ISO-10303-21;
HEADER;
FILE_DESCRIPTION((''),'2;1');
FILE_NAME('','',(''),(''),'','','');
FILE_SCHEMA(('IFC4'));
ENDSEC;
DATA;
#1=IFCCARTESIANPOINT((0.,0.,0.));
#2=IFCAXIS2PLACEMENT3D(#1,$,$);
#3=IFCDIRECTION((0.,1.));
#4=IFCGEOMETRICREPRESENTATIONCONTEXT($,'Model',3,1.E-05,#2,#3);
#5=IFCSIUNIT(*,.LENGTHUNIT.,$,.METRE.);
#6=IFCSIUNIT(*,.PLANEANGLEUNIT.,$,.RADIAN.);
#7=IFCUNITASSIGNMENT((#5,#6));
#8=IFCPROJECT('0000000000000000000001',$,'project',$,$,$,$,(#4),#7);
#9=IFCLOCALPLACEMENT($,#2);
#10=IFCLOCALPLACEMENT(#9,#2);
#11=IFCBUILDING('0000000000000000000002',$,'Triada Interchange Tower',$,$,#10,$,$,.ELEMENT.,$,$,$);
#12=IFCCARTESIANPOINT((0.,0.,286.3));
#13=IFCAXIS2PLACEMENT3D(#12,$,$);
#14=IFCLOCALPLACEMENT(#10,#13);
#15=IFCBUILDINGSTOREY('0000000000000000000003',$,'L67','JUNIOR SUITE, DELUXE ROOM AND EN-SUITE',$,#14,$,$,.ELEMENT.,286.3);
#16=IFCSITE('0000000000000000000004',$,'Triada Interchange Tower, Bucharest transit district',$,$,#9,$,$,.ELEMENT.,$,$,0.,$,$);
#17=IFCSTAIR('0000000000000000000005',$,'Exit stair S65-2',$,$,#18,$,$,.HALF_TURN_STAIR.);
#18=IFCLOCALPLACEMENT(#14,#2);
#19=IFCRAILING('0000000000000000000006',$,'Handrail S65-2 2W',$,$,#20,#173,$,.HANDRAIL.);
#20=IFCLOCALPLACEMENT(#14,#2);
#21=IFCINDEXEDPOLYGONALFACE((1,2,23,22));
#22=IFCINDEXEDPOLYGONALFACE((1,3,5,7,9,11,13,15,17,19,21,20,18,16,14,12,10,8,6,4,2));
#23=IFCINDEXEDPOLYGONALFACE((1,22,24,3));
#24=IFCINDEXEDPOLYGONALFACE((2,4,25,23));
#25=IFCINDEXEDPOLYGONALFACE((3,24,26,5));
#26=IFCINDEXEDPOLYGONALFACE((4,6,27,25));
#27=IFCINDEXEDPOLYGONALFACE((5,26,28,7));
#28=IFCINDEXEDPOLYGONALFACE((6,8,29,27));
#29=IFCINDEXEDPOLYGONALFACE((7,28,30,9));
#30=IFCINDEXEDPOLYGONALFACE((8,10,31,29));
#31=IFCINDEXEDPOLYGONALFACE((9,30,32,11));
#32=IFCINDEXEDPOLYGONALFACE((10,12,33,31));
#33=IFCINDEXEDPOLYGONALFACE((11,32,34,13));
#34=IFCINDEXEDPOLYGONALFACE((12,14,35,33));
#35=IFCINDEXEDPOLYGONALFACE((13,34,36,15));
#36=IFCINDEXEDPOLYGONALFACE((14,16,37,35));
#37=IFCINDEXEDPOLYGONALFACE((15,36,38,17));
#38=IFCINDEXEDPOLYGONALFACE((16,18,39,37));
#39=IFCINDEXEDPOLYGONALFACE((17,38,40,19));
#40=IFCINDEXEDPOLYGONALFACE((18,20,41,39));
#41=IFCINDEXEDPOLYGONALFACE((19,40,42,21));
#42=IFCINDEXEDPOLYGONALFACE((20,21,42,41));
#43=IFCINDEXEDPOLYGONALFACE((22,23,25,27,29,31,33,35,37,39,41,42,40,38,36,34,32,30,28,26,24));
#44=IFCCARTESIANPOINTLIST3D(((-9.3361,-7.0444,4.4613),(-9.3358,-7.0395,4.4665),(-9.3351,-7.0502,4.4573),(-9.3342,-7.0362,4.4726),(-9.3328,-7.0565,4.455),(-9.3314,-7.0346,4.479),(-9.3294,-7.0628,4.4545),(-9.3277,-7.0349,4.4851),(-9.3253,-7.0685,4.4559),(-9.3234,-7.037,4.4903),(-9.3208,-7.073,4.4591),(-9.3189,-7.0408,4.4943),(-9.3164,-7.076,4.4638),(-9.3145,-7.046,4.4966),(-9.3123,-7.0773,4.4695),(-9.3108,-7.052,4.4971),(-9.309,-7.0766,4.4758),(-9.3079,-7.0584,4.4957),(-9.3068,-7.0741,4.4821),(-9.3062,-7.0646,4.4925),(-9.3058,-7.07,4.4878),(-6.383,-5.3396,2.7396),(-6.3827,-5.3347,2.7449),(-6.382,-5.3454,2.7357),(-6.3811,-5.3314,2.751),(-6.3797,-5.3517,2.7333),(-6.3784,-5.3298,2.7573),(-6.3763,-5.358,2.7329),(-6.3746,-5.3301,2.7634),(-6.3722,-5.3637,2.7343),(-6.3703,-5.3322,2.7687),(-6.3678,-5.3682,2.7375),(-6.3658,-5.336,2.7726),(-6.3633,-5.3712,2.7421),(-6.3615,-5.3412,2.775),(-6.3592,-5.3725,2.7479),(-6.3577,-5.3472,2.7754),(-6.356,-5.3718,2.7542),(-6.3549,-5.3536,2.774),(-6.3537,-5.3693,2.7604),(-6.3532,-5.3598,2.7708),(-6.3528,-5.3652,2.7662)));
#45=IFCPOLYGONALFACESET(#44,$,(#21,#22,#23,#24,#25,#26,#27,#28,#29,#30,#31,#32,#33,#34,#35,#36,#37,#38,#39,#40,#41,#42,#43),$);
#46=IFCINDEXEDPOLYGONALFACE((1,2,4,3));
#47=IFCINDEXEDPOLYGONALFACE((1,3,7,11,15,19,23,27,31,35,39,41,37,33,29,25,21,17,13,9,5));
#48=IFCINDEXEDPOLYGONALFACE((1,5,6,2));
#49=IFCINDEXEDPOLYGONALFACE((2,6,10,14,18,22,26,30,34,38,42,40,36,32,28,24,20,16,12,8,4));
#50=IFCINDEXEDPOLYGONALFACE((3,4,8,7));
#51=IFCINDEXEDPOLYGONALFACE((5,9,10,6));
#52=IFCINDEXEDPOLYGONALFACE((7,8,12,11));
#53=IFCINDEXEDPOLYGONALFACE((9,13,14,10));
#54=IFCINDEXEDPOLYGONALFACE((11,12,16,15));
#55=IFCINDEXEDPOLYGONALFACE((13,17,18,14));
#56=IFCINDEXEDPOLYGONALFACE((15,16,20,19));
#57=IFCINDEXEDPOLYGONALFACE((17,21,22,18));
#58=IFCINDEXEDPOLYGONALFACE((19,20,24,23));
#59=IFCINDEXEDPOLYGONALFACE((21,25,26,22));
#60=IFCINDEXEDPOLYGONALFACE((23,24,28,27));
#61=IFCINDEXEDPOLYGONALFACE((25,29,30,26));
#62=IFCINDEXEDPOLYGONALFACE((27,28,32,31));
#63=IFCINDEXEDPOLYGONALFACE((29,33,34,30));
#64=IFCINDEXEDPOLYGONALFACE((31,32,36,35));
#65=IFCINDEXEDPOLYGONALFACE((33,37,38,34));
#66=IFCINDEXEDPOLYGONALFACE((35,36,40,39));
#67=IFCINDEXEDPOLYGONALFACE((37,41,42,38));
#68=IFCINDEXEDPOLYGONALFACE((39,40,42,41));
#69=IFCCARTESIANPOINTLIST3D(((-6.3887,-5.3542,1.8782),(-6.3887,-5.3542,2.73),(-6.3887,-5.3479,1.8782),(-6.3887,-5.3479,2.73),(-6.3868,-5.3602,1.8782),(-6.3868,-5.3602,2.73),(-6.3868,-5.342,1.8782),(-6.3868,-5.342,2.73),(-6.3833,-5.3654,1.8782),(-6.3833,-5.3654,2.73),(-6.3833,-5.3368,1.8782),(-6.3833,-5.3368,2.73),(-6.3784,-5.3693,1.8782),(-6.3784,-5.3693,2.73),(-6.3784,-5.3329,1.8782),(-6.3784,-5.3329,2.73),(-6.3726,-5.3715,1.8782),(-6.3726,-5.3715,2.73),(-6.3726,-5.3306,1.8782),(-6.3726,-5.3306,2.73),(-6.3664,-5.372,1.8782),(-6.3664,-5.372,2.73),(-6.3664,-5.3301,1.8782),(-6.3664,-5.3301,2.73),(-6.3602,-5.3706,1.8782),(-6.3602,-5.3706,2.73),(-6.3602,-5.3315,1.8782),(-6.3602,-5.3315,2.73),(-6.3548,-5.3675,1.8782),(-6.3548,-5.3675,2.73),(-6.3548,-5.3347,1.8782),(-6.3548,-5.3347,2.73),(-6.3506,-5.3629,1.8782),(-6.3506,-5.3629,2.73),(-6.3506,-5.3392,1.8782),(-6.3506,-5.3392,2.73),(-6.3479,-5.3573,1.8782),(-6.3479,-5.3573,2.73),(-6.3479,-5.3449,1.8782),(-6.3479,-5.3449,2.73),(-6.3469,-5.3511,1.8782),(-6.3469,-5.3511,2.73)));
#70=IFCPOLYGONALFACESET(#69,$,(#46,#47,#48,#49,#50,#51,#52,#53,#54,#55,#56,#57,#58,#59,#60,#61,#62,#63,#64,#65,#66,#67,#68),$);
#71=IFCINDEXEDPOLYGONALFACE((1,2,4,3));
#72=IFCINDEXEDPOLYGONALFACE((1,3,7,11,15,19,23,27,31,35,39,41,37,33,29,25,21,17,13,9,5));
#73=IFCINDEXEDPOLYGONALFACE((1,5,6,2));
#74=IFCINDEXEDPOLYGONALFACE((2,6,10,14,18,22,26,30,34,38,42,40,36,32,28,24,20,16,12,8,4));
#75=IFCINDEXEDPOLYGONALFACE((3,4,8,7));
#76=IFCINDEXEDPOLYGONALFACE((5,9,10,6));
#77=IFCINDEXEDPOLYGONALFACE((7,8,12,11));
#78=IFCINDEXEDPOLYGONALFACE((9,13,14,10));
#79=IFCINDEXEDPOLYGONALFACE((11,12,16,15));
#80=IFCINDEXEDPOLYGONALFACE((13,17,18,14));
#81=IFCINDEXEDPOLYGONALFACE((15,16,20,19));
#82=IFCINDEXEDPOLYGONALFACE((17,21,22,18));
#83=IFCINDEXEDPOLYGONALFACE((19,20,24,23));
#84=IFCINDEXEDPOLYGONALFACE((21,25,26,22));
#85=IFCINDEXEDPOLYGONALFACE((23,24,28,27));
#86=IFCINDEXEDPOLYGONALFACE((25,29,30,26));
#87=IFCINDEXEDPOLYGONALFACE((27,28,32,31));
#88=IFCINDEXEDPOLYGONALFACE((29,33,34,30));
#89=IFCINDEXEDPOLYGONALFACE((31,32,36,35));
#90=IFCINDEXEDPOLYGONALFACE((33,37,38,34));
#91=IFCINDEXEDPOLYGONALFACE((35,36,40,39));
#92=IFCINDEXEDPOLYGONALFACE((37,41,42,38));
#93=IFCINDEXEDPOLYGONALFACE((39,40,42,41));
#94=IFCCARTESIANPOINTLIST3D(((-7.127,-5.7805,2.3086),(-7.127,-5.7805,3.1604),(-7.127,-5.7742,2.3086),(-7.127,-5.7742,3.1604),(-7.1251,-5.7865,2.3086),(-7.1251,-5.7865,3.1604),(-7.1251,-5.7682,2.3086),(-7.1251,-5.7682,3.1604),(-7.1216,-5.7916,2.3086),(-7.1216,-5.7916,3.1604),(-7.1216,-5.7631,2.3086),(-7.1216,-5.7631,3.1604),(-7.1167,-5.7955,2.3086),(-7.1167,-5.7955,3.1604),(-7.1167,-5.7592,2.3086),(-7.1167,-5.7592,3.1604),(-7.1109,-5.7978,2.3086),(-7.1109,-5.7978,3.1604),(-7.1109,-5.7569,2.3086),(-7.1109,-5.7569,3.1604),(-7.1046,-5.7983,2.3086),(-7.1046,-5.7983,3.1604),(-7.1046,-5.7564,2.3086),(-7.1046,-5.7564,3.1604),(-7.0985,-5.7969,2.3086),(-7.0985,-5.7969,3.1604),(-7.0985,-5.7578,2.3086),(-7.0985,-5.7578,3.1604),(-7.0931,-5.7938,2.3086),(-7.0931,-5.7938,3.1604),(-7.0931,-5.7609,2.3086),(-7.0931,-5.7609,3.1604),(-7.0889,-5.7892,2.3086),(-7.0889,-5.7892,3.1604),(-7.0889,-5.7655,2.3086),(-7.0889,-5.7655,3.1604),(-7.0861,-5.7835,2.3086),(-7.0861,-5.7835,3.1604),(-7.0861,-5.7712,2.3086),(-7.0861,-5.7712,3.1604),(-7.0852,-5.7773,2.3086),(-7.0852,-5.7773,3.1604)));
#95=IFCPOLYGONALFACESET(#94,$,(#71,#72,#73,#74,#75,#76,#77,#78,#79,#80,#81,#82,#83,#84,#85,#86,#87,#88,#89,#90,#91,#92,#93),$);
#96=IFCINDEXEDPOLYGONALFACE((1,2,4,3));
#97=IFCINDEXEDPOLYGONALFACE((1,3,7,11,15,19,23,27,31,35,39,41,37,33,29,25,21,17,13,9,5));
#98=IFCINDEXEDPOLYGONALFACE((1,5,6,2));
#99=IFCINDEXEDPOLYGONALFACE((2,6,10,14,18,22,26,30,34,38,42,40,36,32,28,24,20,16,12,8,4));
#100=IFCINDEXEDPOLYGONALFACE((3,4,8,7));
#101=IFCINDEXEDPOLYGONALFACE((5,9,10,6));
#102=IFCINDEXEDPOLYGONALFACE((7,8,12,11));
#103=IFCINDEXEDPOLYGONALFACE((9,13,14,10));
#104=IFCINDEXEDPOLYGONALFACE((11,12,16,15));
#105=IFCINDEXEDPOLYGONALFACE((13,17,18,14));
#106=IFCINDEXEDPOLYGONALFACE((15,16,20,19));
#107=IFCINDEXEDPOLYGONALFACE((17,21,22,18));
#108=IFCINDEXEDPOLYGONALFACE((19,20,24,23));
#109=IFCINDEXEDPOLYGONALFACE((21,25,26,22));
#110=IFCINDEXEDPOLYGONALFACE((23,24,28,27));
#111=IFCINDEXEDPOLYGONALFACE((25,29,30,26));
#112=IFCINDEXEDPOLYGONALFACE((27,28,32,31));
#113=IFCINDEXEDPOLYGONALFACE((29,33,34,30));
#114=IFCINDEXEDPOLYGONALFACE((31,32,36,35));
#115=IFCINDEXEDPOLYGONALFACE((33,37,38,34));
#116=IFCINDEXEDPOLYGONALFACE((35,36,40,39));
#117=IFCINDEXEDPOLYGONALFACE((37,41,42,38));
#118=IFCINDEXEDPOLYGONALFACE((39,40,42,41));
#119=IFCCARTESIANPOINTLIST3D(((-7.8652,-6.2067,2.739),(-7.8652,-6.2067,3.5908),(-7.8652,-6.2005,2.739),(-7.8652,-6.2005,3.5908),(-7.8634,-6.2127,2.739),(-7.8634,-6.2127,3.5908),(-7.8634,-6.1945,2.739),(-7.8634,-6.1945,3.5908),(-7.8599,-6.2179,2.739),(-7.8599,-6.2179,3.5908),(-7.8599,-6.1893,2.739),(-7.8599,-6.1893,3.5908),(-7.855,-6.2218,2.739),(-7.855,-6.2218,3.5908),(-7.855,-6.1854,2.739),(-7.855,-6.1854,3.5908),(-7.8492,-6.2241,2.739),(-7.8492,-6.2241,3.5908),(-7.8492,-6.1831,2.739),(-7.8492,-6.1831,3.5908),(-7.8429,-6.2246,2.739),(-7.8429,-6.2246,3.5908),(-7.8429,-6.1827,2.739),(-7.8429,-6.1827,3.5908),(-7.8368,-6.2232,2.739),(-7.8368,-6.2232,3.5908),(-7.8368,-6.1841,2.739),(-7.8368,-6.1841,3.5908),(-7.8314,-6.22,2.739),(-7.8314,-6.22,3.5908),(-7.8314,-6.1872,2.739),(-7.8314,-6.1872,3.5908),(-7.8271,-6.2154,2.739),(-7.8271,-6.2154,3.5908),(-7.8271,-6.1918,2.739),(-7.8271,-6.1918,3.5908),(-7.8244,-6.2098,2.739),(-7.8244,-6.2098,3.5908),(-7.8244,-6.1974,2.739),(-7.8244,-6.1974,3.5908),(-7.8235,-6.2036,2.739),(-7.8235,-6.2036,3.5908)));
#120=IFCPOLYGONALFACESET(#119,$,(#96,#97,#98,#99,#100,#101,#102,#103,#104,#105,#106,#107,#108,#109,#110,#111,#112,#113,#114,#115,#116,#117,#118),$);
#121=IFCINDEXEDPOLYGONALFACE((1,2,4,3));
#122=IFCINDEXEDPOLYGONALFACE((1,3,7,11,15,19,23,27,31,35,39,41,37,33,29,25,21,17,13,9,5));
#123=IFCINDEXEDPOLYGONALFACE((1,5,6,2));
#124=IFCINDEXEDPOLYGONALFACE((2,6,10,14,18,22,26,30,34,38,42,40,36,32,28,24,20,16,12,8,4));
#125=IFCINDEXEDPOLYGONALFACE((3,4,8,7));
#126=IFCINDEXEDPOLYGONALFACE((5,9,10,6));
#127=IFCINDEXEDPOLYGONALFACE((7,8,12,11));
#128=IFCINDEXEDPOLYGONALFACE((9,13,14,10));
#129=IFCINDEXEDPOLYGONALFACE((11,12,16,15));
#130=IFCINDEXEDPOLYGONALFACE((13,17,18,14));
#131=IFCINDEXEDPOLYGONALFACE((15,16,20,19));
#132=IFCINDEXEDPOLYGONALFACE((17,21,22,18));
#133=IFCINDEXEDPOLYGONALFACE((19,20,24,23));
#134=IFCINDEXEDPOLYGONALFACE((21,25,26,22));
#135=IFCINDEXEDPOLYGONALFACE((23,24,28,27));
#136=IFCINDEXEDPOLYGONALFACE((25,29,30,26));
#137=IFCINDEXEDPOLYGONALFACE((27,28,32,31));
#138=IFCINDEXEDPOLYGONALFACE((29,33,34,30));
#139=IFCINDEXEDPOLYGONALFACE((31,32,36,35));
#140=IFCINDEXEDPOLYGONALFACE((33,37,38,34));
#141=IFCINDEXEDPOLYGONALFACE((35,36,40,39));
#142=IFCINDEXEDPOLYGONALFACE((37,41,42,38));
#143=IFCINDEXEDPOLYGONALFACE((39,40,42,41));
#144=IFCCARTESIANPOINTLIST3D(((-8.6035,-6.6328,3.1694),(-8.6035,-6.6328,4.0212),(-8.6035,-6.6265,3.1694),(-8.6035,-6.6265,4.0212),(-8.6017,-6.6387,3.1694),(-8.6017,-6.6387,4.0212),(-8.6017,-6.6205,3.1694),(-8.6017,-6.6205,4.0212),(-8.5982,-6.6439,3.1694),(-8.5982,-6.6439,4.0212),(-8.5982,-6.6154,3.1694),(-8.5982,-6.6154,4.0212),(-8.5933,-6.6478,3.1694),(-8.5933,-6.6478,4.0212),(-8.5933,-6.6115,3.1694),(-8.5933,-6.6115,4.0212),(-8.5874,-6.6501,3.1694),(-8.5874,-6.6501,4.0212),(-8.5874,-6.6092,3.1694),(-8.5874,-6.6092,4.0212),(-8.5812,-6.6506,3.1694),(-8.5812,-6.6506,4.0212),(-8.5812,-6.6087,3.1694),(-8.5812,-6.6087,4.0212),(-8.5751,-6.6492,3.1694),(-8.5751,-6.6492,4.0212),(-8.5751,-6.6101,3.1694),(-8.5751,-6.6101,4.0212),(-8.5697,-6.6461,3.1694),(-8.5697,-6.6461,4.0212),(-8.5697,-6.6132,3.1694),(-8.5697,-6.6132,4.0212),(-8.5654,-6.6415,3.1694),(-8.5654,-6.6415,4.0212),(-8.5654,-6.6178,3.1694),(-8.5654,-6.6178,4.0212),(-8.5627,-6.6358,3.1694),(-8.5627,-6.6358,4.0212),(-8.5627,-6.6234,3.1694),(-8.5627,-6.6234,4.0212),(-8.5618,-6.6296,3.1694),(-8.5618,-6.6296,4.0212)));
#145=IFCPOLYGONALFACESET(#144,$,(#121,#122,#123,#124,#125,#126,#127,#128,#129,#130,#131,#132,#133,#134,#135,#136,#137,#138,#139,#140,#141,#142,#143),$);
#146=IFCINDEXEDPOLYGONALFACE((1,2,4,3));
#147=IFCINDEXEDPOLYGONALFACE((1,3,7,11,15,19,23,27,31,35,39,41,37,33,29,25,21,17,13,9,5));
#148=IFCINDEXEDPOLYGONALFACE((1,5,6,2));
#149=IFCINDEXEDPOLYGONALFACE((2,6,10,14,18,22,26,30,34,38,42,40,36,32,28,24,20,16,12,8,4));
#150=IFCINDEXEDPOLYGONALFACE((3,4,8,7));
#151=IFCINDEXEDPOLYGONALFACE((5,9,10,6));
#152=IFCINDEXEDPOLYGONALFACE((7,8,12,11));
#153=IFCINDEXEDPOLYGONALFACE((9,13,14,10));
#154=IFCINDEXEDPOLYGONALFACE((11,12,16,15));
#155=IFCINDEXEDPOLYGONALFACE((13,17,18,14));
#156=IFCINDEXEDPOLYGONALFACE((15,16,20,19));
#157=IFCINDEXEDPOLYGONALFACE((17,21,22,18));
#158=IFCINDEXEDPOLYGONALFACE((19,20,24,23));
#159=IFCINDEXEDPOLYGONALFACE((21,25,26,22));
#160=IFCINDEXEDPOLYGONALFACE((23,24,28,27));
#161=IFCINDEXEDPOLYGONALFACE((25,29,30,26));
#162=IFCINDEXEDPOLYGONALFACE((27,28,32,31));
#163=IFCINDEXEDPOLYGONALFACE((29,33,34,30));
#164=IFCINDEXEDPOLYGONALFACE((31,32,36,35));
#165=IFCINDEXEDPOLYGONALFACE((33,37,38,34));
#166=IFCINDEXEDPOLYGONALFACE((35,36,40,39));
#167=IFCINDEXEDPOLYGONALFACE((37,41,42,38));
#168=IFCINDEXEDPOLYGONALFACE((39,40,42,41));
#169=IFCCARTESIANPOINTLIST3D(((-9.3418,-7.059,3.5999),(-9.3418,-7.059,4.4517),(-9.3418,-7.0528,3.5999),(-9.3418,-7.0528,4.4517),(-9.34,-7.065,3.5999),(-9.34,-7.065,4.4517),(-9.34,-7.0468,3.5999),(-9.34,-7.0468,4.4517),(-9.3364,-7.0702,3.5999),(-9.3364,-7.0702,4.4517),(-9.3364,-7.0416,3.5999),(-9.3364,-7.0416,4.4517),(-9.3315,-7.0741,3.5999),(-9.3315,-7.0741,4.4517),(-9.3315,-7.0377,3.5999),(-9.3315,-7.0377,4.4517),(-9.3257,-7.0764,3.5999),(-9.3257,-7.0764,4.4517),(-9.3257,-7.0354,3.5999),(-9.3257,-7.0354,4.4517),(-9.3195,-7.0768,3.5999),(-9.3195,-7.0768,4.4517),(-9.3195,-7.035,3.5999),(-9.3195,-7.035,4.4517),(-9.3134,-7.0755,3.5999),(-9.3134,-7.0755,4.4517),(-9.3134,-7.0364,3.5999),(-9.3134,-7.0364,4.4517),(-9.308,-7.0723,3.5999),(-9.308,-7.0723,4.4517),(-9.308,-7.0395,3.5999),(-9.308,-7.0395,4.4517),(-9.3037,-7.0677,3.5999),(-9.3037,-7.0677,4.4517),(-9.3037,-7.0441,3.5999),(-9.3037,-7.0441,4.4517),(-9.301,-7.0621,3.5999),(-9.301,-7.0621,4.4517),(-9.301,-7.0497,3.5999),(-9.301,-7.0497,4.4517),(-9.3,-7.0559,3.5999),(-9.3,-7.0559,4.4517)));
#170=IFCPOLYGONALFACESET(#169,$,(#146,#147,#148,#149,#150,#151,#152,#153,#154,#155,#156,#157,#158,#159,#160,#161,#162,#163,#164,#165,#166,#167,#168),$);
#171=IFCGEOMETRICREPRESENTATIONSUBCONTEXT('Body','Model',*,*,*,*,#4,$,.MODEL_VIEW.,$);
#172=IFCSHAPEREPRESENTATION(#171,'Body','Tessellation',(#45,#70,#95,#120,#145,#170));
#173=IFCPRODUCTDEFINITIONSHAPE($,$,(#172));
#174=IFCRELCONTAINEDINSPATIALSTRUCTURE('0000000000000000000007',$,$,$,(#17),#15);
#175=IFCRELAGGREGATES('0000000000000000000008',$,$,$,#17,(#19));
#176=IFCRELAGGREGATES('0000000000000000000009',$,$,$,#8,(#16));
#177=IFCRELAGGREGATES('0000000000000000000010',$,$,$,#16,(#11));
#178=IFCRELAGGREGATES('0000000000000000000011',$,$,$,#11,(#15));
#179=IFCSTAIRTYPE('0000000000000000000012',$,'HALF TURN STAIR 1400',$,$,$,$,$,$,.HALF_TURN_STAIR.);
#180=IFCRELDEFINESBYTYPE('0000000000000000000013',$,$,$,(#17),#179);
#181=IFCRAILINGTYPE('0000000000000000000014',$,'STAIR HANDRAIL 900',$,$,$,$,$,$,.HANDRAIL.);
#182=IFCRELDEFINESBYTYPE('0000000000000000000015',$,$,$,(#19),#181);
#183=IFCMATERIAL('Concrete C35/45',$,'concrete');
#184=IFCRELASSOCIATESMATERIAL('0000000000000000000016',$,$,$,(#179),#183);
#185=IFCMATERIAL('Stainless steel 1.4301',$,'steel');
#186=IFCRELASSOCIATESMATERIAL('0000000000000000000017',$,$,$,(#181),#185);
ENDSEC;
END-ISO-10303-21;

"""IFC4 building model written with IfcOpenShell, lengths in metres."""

from ifc_helpers import new_model, si_unit, direction, frame, origin, origin_2d, place, context, subcontext, project, spatial, circle, extrude, material, type_object, element, aggregate, save


model = new_model("IFC4")

# Units and contexts
model_context = context("Model", 3, precision=1e-05, world=origin(), true_north=direction((0.0, 1.0)))
body_context = subcontext(model_context, "Body", "Model", "MODEL_VIEW")
ifc_project = project(units=[si_unit("LENGTHUNIT", "METRE"), si_unit("PLANEANGLEUNIT", "RADIAN")], contexts=[model_context])

# Site, building, storey
site_placement = place(None, origin())
site = spatial("IfcSite", under=ifc_project, at=site_placement, Name="Triada Interchange Tower, Bucharest transit district", CompositionType="ELEMENT", RefElevation=0.0)
building_placement = place(site_placement, origin())
building = spatial("IfcBuilding", under=site, at=building_placement, Name="Triada Interchange Tower", CompositionType="ELEMENT")
storey_placement = place(building_placement, frame((0.0, 0.0, 286.3)))
storey = spatial("IfcBuildingStorey", under=building, at=storey_placement, Name="L67", Description="JUNIOR SUITE, DELUXE ROOM AND EN-SUITE", CompositionType="ELEMENT", Elevation=286.3)

# Stair
ifc_material_1 = material(Name="Concrete C35/45", Category="concrete")
stair_type = type_object("IfcStairType", Name="HALF TURN STAIR 1400", PredefinedType="HALF_TURN_STAIR", material=ifc_material_1)
stair_placement = place(storey_placement, origin())
stair = element("IfcStair", 1, at=stair_placement, inside=storey, type_object=stair_type, Name="Exit stair S65-2", PredefinedType="HALF_TURN_STAIR")

# Railing
ifc_material_2 = material(Name="Stainless steel 1.4301", Category="steel")
railing_type = type_object("IfcRailingType", Name="STAIR HANDRAIL 900", PredefinedType="HANDRAIL", material=ifc_material_2)
railing_1_placement = place(storey_placement, frame((-6.3679, -5.3511, 1.8782)))
railing_1 = element("IfcRailing", 2, at=railing_1_placement, type_object=railing_type, Name="Handrail S65-2 2W", PredefinedType="HANDRAIL", context=body_context, shape_type="SweptSolid", body=[
    extrude(circle(Radius=0.0239, at=origin_2d()), frame((0.0, 0.0, 0.876), z_axis=(-0.773091, -0.446304, 0.450714), x_axis=(0.499966, -0.866045, 0.0)), (0.0, 0.0, 1.0), 3.8198),
    extrude(circle(Radius=0.021, at=origin_2d()), origin(), (0.0, 0.0, 1.0), 0.8518),
    extrude(circle(Radius=0.021, at=origin_2d()), frame((-0.7383, -0.4263, 0.4304)), (0.0, 0.0, 1.0), 0.8518),
    extrude(circle(Radius=0.021, at=origin_2d()), frame((-1.4766, -0.8525, 0.8608)), (0.0, 0.0, 1.0), 0.8518),
    extrude(circle(Radius=0.021, at=origin_2d()), frame((-2.2148, -1.2786, 1.2913)), (0.0, 0.0, 1.0), 0.8518),
    extrude(circle(Radius=0.021, at=origin_2d()), frame((-2.9531, -1.7048, 1.7217)), (0.0, 0.0, 1.0), 0.8518),
])
aggregate(stair, [railing_1])

save(model, "model.ifc")
